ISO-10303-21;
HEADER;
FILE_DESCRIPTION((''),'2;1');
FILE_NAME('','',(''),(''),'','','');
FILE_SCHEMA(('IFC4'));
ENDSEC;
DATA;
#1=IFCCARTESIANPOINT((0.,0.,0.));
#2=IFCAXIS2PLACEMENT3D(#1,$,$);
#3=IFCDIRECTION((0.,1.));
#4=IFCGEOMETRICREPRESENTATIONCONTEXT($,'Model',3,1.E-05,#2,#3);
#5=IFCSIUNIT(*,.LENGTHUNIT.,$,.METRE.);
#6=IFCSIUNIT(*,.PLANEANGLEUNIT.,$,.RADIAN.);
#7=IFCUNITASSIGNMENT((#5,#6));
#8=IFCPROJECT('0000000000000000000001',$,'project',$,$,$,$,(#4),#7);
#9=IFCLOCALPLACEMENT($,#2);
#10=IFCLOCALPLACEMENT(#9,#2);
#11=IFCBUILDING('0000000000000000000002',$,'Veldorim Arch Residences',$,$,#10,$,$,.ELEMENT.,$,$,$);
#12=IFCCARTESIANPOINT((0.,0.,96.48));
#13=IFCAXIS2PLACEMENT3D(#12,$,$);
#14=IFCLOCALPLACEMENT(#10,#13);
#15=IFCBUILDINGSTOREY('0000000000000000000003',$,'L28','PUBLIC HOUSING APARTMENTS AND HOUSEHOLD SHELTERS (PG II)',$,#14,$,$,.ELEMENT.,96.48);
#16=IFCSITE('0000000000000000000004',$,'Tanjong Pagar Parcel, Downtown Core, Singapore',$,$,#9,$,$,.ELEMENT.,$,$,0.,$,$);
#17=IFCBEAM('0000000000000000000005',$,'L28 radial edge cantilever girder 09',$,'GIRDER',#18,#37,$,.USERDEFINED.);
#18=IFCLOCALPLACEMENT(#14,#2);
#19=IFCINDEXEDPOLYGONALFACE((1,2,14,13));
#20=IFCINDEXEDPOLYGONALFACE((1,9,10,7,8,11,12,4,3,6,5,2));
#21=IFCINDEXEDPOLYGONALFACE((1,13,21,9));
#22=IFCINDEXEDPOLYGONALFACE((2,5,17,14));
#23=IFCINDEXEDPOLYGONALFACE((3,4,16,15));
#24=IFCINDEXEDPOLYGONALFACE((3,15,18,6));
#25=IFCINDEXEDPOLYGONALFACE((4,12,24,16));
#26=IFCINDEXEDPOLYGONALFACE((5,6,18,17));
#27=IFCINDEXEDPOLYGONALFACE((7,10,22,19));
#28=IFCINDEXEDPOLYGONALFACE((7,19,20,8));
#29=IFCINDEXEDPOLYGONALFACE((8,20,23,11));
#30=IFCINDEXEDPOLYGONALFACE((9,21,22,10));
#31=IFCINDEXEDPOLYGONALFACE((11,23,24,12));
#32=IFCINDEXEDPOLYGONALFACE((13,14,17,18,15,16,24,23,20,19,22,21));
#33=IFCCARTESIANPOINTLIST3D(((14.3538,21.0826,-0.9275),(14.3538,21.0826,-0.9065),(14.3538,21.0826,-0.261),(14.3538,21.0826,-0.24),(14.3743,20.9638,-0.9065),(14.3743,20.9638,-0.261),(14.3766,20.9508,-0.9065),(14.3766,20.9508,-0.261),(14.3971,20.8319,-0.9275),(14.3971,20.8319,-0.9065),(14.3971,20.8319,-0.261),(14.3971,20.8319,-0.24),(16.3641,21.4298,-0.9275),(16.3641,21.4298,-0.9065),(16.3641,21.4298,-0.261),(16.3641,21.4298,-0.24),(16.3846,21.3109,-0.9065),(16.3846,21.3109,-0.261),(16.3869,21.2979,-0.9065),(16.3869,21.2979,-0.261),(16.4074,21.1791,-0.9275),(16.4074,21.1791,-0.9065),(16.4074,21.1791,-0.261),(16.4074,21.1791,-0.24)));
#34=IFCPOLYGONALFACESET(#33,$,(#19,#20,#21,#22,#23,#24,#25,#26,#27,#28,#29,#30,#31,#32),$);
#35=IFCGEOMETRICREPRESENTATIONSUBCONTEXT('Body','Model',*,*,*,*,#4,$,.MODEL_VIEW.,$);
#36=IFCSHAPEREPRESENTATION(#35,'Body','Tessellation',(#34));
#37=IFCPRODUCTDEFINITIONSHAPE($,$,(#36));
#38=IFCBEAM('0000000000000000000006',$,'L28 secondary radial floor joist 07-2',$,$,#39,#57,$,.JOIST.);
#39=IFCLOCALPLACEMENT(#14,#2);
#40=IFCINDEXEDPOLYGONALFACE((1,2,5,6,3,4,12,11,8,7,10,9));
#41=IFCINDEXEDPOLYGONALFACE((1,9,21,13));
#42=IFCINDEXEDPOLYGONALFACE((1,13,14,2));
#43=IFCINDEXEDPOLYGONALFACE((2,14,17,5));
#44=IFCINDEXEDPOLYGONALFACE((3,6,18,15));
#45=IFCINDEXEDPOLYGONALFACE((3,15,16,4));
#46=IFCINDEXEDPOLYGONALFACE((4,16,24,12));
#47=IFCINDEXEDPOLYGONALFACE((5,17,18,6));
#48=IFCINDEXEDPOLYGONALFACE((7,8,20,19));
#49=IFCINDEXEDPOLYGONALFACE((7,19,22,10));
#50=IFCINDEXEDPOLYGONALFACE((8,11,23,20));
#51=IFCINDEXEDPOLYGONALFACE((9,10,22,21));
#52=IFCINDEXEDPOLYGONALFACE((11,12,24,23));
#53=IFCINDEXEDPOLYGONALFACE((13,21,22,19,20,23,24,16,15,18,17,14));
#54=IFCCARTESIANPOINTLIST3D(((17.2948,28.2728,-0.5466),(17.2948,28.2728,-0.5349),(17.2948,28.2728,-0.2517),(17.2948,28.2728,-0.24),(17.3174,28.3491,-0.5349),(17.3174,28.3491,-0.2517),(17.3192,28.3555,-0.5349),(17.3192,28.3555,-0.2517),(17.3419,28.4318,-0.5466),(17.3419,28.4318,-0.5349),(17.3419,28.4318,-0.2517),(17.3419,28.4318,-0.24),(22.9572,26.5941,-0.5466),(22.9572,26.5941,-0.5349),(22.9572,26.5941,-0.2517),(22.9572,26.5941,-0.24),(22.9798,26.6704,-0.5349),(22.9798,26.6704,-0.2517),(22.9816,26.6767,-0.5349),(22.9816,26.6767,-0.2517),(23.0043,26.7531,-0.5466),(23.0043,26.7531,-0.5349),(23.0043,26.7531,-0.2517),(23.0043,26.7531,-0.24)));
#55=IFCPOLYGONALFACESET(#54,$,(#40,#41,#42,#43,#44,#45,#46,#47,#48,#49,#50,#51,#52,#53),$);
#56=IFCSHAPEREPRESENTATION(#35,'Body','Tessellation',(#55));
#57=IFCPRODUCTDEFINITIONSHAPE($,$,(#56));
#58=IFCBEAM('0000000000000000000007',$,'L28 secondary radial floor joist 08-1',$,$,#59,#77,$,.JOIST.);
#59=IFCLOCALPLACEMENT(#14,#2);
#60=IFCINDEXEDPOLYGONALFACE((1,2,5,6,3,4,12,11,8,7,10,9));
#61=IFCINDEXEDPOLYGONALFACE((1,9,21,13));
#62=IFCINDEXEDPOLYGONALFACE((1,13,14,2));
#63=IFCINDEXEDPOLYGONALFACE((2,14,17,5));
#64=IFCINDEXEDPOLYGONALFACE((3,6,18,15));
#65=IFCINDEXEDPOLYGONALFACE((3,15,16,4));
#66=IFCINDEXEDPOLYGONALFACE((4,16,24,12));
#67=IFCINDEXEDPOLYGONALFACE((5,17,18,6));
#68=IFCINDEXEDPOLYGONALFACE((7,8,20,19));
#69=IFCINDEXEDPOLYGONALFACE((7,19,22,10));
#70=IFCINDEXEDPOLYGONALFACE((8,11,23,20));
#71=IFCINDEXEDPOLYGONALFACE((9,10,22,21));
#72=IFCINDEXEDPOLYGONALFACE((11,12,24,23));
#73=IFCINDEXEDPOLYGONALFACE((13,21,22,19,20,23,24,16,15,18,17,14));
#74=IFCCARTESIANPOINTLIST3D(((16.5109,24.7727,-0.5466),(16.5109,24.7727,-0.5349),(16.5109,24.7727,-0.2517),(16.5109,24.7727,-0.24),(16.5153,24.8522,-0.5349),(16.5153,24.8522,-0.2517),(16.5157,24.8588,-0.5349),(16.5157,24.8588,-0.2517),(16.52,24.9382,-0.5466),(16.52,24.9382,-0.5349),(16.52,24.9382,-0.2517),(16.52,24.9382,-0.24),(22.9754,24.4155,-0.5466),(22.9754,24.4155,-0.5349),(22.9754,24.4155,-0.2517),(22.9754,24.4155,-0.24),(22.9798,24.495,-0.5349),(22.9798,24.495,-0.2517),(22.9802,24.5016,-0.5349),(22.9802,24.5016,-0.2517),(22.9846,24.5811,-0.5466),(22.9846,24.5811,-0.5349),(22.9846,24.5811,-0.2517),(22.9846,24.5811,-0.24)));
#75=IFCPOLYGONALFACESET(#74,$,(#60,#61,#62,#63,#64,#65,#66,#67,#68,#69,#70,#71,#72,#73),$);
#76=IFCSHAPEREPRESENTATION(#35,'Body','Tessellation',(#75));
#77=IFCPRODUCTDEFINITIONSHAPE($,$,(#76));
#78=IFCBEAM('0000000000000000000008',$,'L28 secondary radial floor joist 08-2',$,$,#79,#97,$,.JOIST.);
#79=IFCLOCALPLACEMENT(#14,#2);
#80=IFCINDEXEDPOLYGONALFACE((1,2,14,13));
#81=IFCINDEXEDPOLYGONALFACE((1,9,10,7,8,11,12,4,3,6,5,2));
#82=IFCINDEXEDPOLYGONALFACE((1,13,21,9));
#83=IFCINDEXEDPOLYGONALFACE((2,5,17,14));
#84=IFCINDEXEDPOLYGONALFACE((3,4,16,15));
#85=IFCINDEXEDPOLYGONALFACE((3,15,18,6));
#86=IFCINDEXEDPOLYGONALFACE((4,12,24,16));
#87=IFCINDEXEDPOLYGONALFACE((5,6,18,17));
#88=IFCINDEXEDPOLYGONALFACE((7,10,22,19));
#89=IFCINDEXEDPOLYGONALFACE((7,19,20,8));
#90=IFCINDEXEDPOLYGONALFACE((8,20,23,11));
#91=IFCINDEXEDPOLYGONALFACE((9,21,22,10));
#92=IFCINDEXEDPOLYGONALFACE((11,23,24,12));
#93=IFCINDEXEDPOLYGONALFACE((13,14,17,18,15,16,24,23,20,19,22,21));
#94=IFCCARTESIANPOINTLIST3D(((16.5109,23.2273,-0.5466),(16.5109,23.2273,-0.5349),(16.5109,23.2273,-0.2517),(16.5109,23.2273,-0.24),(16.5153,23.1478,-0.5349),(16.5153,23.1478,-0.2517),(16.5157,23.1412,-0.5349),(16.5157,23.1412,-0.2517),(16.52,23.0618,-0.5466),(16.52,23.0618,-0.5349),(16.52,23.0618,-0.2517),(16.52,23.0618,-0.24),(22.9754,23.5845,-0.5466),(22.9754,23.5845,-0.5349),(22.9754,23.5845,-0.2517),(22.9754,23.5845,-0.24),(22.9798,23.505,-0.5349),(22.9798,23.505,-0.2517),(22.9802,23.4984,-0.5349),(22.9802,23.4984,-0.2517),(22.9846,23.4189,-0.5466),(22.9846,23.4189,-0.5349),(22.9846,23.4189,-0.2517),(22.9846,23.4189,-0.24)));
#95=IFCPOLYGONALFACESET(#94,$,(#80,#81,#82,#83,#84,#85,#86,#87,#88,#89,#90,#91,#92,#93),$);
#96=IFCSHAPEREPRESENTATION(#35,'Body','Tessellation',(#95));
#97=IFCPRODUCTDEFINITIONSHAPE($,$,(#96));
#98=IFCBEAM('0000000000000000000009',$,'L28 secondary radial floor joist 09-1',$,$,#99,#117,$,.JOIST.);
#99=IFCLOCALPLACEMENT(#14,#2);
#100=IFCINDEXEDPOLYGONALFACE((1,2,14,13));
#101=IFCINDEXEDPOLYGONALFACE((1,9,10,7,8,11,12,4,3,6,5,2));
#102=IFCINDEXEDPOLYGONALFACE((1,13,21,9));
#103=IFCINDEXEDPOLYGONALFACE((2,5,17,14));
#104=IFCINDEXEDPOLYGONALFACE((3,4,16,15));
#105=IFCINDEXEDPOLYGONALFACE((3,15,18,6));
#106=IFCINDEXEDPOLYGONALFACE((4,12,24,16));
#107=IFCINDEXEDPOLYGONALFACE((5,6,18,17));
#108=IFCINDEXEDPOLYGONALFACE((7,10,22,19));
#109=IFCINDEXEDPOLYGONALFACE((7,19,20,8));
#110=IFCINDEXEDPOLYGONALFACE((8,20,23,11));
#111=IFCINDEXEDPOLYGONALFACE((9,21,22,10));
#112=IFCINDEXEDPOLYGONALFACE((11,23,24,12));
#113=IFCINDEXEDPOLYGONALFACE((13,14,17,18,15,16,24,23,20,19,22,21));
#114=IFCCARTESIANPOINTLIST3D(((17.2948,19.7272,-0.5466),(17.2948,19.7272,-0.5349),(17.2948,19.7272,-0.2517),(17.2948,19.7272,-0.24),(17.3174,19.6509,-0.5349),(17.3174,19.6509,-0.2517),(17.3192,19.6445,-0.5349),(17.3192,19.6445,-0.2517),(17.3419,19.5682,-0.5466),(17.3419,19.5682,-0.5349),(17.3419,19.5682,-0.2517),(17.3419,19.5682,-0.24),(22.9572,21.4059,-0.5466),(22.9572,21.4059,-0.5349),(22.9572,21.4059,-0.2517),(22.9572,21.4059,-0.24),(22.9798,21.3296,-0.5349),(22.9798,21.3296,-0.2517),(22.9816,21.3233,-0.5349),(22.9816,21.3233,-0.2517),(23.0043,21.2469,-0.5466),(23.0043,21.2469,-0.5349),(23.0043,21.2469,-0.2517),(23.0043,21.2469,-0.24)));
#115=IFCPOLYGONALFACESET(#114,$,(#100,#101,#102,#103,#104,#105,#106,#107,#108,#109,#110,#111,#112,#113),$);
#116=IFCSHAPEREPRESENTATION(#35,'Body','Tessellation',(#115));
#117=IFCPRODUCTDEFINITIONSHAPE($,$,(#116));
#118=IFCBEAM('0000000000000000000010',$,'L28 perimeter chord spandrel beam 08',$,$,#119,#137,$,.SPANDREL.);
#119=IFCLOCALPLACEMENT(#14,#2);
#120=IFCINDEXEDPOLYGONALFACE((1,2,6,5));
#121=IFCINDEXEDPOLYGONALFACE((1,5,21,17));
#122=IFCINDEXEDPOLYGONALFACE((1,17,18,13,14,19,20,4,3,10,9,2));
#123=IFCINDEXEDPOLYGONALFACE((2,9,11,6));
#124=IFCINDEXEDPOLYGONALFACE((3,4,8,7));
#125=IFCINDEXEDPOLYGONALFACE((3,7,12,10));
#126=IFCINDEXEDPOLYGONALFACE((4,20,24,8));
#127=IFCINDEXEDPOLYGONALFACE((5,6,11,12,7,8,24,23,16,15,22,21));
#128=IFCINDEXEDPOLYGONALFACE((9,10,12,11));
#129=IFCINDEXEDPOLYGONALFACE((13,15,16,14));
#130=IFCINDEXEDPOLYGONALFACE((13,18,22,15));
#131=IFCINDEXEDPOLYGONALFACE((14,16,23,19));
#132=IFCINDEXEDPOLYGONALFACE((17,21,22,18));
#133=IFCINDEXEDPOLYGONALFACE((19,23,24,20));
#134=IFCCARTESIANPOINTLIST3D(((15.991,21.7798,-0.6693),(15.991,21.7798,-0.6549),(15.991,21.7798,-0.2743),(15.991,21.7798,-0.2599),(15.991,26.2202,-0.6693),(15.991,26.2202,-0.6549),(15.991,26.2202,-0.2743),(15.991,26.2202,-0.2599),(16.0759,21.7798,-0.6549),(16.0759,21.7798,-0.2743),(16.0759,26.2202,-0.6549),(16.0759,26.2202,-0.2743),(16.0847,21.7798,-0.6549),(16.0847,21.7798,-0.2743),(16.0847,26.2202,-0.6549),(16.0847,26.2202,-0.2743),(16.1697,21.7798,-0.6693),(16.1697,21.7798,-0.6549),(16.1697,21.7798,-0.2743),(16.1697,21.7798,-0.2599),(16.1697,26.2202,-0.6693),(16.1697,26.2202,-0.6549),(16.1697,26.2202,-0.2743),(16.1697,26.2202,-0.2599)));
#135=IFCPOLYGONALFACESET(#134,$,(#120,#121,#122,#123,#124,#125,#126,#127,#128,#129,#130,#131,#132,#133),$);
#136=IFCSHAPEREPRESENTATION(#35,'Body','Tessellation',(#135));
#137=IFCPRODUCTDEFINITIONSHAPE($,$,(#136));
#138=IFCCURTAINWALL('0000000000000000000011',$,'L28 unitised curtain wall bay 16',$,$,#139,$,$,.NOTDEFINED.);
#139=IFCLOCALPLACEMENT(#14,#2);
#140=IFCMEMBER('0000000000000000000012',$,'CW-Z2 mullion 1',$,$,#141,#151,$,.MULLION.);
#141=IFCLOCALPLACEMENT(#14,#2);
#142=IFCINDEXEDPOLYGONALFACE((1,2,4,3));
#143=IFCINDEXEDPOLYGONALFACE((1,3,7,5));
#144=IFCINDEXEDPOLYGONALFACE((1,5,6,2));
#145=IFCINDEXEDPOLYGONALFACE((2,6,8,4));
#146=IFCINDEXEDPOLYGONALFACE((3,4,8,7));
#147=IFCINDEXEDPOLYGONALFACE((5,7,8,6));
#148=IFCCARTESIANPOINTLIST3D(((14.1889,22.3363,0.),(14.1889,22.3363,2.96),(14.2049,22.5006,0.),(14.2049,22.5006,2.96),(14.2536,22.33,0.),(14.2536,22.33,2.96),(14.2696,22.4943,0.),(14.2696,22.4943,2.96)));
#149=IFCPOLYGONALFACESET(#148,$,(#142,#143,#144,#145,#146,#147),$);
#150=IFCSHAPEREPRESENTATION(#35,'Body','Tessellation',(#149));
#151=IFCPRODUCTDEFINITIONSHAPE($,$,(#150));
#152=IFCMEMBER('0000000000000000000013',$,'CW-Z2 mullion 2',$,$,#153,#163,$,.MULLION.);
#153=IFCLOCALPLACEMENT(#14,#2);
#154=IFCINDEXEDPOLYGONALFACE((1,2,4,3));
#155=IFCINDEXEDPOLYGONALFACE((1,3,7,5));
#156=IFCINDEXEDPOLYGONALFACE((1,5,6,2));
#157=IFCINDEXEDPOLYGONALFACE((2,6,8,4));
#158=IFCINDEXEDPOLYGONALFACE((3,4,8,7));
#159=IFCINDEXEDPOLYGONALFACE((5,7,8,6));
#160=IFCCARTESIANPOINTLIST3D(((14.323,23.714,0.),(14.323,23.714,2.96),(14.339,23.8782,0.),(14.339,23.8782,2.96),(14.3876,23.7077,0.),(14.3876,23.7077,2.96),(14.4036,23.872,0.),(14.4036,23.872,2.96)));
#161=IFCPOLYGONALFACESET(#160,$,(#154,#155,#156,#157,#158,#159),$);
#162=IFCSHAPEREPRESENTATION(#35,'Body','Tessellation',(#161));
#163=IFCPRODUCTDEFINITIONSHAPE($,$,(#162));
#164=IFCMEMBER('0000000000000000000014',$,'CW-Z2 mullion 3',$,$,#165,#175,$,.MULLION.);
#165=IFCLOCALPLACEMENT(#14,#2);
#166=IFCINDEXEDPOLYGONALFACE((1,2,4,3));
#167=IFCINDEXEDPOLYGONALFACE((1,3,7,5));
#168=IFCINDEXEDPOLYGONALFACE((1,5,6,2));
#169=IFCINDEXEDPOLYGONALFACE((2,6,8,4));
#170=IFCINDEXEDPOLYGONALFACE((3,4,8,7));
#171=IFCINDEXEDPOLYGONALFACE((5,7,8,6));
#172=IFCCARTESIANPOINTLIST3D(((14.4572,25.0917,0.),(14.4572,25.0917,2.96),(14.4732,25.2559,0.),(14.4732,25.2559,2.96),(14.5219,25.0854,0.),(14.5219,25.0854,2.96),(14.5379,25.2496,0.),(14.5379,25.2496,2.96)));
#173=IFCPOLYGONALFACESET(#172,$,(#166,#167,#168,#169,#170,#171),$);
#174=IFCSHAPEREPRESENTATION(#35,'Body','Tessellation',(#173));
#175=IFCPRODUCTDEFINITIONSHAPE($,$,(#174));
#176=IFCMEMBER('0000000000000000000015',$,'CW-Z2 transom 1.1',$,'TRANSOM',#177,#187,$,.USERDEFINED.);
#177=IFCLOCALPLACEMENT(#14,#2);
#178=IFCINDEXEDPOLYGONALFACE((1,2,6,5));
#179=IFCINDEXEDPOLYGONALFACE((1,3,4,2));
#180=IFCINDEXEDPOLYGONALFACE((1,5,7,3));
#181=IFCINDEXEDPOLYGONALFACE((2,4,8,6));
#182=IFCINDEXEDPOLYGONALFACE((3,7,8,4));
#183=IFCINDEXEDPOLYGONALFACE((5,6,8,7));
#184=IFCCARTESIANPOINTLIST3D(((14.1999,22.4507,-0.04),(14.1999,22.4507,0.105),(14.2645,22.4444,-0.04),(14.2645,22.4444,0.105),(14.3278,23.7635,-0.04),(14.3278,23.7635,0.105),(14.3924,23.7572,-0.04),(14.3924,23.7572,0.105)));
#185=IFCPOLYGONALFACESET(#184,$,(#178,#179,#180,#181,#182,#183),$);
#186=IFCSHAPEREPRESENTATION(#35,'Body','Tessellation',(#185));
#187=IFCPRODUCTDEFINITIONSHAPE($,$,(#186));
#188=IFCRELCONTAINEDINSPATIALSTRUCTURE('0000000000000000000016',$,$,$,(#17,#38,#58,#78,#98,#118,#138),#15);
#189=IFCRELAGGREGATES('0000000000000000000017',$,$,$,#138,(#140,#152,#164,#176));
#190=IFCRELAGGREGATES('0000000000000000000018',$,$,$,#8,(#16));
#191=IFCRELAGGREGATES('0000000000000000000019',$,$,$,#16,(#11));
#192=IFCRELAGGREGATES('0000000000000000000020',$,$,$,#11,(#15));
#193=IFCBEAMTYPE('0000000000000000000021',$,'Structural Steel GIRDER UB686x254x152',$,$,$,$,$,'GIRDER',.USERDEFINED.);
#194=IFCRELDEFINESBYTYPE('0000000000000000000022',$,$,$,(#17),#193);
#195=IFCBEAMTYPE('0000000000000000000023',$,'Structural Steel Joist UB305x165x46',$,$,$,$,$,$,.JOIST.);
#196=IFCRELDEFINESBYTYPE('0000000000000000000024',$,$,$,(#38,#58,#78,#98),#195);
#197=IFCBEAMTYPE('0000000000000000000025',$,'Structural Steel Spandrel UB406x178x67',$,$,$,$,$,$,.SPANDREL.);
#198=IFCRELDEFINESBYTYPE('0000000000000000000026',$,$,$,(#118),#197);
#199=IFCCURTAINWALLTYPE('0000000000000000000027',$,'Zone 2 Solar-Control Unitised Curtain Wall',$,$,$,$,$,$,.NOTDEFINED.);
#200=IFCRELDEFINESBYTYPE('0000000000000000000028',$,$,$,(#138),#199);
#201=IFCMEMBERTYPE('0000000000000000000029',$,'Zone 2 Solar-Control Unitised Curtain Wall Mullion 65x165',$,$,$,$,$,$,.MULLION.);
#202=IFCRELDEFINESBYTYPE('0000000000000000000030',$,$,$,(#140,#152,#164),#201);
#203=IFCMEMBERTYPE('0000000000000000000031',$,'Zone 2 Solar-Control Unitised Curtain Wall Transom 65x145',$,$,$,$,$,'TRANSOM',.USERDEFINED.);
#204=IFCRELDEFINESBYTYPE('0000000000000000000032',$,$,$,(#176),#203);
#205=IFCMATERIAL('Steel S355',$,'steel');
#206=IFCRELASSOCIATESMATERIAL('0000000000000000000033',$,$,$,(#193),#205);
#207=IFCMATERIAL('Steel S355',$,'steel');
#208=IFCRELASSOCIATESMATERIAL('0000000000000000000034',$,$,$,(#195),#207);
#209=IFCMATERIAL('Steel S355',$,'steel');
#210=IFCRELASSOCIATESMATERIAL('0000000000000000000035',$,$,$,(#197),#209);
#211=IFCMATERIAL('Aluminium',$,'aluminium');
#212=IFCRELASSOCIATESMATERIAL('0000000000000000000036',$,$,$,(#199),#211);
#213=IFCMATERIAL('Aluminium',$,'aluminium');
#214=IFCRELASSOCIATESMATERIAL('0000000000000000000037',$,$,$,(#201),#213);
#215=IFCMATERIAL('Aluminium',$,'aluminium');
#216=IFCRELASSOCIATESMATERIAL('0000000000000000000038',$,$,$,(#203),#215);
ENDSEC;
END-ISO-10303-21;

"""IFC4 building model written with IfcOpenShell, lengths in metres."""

from ifc_helpers import new_model, si_unit, direction, frame, origin, origin_2d, place, context, subcontext, project, spatial, rectangle, i_section, extrude, material, material_profile, profile_set, type_object, element, aggregate, save


model = new_model("IFC4")

# Units and contexts
model_context = context("Model", 3, precision=1e-05, world=origin(), true_north=direction((0.0, 1.0)))
body_context = subcontext(model_context, "Body", "Model", "MODEL_VIEW")
ifc_project = project(units=[si_unit("LENGTHUNIT", "METRE"), si_unit("PLANEANGLEUNIT", "RADIAN")], contexts=[model_context])

# Site, building, storey
site_placement = place(None, origin())
site = spatial("IfcSite", under=ifc_project, at=site_placement, Name="Tanjong Pagar Parcel, Downtown Core, Singapore", CompositionType="ELEMENT", RefElevation=0.0)
building_placement = place(site_placement, origin())
building = spatial("IfcBuilding", under=site, at=building_placement, Name="Veldorim Arch Residences", CompositionType="ELEMENT")
storey_placement = place(building_placement, frame((0.0, 0.0, 96.48)))
storey = spatial("IfcBuildingStorey", under=building, at=storey_placement, Name="L28", Description="PUBLIC HOUSING APARTMENTS AND HOUSEHOLD SHELTERS (PG II)", CompositionType="ELEMENT", Elevation=96.48)

# Beams
ifc_material_1 = material(Name="Steel S355", Category="steel")
ifc_material_profile_1 = material_profile(ifc_material_1, i_section(OverallWidth=0.2544, OverallDepth=0.6875, WebThickness=0.0132, FlangeThickness=0.021, at=origin_2d()), Name="UB686x254x152")
ifc_profile_set_1 = profile_set([ifc_material_profile_1], Name="Steel S355")
beam_type_1 = type_object("IfcBeamType", Name="Structural Steel GIRDER UB686x254x152", ElementType="GIRDER", PredefinedType="USERDEFINED", material=ifc_profile_set_1)
beam_1_placement = place(storey_placement, frame((16.3857, 21.3044, -0.5837), z_axis=(-0.985413, -0.170179, 0.0), x_axis=(0.170179, -0.985413, 0.0)))
element("IfcBeam", 1, at=beam_1_placement, inside=storey, type_object=beam_type_1, Name="L28 radial edge cantilever girder 09", ObjectType="GIRDER", PredefinedType="USERDEFINED", context=body_context, shape_type="SweptSolid", body=[
    extrude(i_section(OverallWidth=0.2544, OverallDepth=0.6875, WebThickness=0.0132, FlangeThickness=0.021, at=origin_2d()), origin(), (0.0, 0.0, 1.0), 2.04),
])
ifc_material_2 = material(Name="Steel S355", Category="steel")
ifc_material_profile_2 = material_profile(ifc_material_2, i_section(OverallWidth=0.1658, OverallDepth=0.3066, WebThickness=0.0066, FlangeThickness=0.0117, at=origin_2d()), Name="UB305x165x46")
ifc_profile_set_2 = profile_set([ifc_material_profile_2], Name="Steel S355")
beam_type_2 = type_object("IfcBeamType", Name="Structural Steel Joist UB305x165x46", PredefinedType="JOIST", material=ifc_profile_set_2)
beam_2_placement = place(storey_placement, frame((22.9807, 26.6736, -0.3933), z_axis=(-0.958753, 0.28424, 0.0), x_axis=(-0.28424, -0.958753, 0.0)))
element("IfcBeam", 2, at=beam_2_placement, inside=storey, type_object=beam_type_2, Name="L28 secondary radial floor joist 07-2", PredefinedType="JOIST", context=body_context, shape_type="SweptSolid", body=[
    extrude(i_section(OverallWidth=0.1658, OverallDepth=0.3066, WebThickness=0.0066, FlangeThickness=0.0117, at=origin_2d()), origin(), (0.0, 0.0, 1.0), 5.906),
])
for number, where, z_axis, x_axis, name in (
    (3, (22.98, 24.4983, -0.3933), (-0.998477, 0.055167, 0.0), (-0.055167, -0.998477, 0.0), "L28 secondary radial floor joist 08-1"),
    (4, (22.98, 23.5017, -0.3933), (-0.998477, -0.055167, 0.0), (0.055167, -0.998477, 0.0), "L28 secondary radial floor joist 08-2"),
):
    element("IfcBeam", number, at=place(storey_placement, frame(where, z_axis=z_axis, x_axis=x_axis)), inside=storey, type_object=beam_type_2, Name=name, PredefinedType="JOIST", context=body_context, shape_type="SweptSolid", body=[
        extrude(i_section(OverallWidth=0.1658, OverallDepth=0.3066, WebThickness=0.0066, FlangeThickness=0.0117, at=origin_2d()), origin(), (0.0, 0.0, 1.0), 6.4744),
    ])
beam_3_placement = place(storey_placement, frame((22.9807, 21.3264, -0.3933), z_axis=(-0.958753, -0.28424, 0.0), x_axis=(0.28424, -0.958753, 0.0)))
element("IfcBeam", 5, at=beam_3_placement, inside=storey, type_object=beam_type_2, Name="L28 secondary radial floor joist 09-1", PredefinedType="JOIST", context=body_context, shape_type="SweptSolid", body=[
    extrude(i_section(OverallWidth=0.1658, OverallDepth=0.3066, WebThickness=0.0066, FlangeThickness=0.0117, at=origin_2d()), origin(), (0.0, 0.0, 1.0), 5.906),
])
ifc_material_3 = material(Name="Steel S355", Category="steel")
ifc_material_profile_3 = material_profile(ifc_material_3, i_section(OverallWidth=0.1787, OverallDepth=0.4094, WebThickness=0.0088, FlangeThickness=0.0144, at=origin_2d()), Name="UB406x178x67")
ifc_profile_set_3 = profile_set([ifc_material_profile_3], Name="Steel S355")
beam_type_3 = type_object("IfcBeamType", Name="Structural Steel Spandrel UB406x178x67", PredefinedType="SPANDREL", material=ifc_profile_set_3)
beam_4_placement = place(storey_placement, frame((16.0803, 26.2202, -0.4646), z_axis=(0.0, -1.0, 0.0), x_axis=(1.0, 0.0, 0.0)))
element("IfcBeam", 6, at=beam_4_placement, inside=storey, type_object=beam_type_3, Name="L28 perimeter chord spandrel beam 08", PredefinedType="SPANDREL", context=body_context, shape_type="SweptSolid", body=[
    extrude(i_section(OverallWidth=0.1787, OverallDepth=0.4094, WebThickness=0.0088, FlangeThickness=0.0144, at=origin_2d()), origin(), (0.0, 0.0, 1.0), 4.4404),
])

# Curtain wall, members
ifc_material_4 = material(Name="Aluminium", Category="aluminium")
curtain_wall_type = type_object("IfcCurtainWallType", Name="Zone 2 Solar-Control Unitised Curtain Wall", PredefinedType="NOTDEFINED", material=ifc_material_4)
curtain_wall_placement = place(storey_placement, origin())
curtain_wall = element("IfcCurtainWall", 7, at=curtain_wall_placement, inside=storey, type_object=curtain_wall_type, Name="L28 unitised curtain wall bay 16", PredefinedType="NOTDEFINED")
ifc_material_5 = material(Name="Aluminium", Category="aluminium")
ifc_material_profile_4 = material_profile(ifc_material_5, rectangle(XDim=0.0649, YDim=0.165, at=origin_2d()), Name="ALU_MUL_65x165")
ifc_profile_set_4 = profile_set([ifc_material_profile_4], Name="Aluminium")
member_type_1 = type_object("IfcMemberType", Name="Zone 2 Solar-Control Unitised Curtain Wall Mullion 65x165", PredefinedType="MULLION", material=ifc_profile_set_4)
member_1_placement = place(storey_placement, frame((14.2292, 22.4153, 0.0), z_axis=(0.0, 0.0, 1.0), x_axis=(-0.995293, 0.096914, 0.0)))
member_1 = element("IfcMember", 8, at=member_1_placement, type_object=member_type_1, Name="CW-Z2 mullion 1", PredefinedType="MULLION", context=body_context, shape_type="SweptSolid", body=[
    extrude(rectangle(XDim=0.0649, YDim=0.165, at=origin_2d()), origin(), (0.0, 0.0, 1.0), 2.96),
])
member_2_placement = place(storey_placement, frame((14.3633, 23.793, 0.0), z_axis=(0.0, 0.0, 1.0), x_axis=(-0.995293, 0.096914, 0.0)))
member_2 = element("IfcMember", 9, at=member_2_placement, type_object=member_type_1, Name="CW-Z2 mullion 2", PredefinedType="MULLION", context=body_context, shape_type="SweptSolid", body=[
    extrude(rectangle(XDim=0.0649, YDim=0.165, at=origin_2d()), origin(), (0.0, 0.0, 1.0), 2.96),
])
member_3_placement = place(storey_placement, frame((14.4976, 25.1707, 0.0), z_axis=(0.0, 0.0, 1.0), x_axis=(-0.995293, 0.096914, 0.0)))
member_3 = element("IfcMember", 10, at=member_3_placement, type_object=member_type_1, Name="CW-Z2 mullion 3", PredefinedType="MULLION", context=body_context, shape_type="SweptSolid", body=[
    extrude(rectangle(XDim=0.0649, YDim=0.165, at=origin_2d()), origin(), (0.0, 0.0, 1.0), 2.96),
])
ifc_material_6 = material(Name="Aluminium", Category="aluminium")
ifc_material_profile_5 = material_profile(ifc_material_6, rectangle(XDim=0.0649, YDim=0.145, at=origin_2d()), Name="ALU_TRN_65x145")
ifc_profile_set_5 = profile_set([ifc_material_profile_5], Name="Aluminium")
member_type_2 = type_object("IfcMemberType", Name="Zone 2 Solar-Control Unitised Curtain Wall Transom 65x145", ElementType="TRANSOM", PredefinedType="USERDEFINED", material=ifc_profile_set_5)
member_4_placement = place(storey_placement, frame((14.2322, 22.4475, 0.0325), z_axis=(0.096975, 0.995287, 0.0), x_axis=(-0.995287, 0.096975, 0.0)))
member_4 = element("IfcMember", 11, at=member_4_placement, type_object=member_type_2, Name="CW-Z2 transom 1.1", ObjectType="TRANSOM", PredefinedType="USERDEFINED", context=body_context, shape_type="SweptSolid", body=[
    extrude(rectangle(XDim=0.0649, YDim=0.145, at=origin_2d()), origin(), (0.0, 0.0, 1.0), 1.3191),
])
aggregate(curtain_wall, [member_1, member_2, member_3, member_4])

save(model, "model.ifc")
